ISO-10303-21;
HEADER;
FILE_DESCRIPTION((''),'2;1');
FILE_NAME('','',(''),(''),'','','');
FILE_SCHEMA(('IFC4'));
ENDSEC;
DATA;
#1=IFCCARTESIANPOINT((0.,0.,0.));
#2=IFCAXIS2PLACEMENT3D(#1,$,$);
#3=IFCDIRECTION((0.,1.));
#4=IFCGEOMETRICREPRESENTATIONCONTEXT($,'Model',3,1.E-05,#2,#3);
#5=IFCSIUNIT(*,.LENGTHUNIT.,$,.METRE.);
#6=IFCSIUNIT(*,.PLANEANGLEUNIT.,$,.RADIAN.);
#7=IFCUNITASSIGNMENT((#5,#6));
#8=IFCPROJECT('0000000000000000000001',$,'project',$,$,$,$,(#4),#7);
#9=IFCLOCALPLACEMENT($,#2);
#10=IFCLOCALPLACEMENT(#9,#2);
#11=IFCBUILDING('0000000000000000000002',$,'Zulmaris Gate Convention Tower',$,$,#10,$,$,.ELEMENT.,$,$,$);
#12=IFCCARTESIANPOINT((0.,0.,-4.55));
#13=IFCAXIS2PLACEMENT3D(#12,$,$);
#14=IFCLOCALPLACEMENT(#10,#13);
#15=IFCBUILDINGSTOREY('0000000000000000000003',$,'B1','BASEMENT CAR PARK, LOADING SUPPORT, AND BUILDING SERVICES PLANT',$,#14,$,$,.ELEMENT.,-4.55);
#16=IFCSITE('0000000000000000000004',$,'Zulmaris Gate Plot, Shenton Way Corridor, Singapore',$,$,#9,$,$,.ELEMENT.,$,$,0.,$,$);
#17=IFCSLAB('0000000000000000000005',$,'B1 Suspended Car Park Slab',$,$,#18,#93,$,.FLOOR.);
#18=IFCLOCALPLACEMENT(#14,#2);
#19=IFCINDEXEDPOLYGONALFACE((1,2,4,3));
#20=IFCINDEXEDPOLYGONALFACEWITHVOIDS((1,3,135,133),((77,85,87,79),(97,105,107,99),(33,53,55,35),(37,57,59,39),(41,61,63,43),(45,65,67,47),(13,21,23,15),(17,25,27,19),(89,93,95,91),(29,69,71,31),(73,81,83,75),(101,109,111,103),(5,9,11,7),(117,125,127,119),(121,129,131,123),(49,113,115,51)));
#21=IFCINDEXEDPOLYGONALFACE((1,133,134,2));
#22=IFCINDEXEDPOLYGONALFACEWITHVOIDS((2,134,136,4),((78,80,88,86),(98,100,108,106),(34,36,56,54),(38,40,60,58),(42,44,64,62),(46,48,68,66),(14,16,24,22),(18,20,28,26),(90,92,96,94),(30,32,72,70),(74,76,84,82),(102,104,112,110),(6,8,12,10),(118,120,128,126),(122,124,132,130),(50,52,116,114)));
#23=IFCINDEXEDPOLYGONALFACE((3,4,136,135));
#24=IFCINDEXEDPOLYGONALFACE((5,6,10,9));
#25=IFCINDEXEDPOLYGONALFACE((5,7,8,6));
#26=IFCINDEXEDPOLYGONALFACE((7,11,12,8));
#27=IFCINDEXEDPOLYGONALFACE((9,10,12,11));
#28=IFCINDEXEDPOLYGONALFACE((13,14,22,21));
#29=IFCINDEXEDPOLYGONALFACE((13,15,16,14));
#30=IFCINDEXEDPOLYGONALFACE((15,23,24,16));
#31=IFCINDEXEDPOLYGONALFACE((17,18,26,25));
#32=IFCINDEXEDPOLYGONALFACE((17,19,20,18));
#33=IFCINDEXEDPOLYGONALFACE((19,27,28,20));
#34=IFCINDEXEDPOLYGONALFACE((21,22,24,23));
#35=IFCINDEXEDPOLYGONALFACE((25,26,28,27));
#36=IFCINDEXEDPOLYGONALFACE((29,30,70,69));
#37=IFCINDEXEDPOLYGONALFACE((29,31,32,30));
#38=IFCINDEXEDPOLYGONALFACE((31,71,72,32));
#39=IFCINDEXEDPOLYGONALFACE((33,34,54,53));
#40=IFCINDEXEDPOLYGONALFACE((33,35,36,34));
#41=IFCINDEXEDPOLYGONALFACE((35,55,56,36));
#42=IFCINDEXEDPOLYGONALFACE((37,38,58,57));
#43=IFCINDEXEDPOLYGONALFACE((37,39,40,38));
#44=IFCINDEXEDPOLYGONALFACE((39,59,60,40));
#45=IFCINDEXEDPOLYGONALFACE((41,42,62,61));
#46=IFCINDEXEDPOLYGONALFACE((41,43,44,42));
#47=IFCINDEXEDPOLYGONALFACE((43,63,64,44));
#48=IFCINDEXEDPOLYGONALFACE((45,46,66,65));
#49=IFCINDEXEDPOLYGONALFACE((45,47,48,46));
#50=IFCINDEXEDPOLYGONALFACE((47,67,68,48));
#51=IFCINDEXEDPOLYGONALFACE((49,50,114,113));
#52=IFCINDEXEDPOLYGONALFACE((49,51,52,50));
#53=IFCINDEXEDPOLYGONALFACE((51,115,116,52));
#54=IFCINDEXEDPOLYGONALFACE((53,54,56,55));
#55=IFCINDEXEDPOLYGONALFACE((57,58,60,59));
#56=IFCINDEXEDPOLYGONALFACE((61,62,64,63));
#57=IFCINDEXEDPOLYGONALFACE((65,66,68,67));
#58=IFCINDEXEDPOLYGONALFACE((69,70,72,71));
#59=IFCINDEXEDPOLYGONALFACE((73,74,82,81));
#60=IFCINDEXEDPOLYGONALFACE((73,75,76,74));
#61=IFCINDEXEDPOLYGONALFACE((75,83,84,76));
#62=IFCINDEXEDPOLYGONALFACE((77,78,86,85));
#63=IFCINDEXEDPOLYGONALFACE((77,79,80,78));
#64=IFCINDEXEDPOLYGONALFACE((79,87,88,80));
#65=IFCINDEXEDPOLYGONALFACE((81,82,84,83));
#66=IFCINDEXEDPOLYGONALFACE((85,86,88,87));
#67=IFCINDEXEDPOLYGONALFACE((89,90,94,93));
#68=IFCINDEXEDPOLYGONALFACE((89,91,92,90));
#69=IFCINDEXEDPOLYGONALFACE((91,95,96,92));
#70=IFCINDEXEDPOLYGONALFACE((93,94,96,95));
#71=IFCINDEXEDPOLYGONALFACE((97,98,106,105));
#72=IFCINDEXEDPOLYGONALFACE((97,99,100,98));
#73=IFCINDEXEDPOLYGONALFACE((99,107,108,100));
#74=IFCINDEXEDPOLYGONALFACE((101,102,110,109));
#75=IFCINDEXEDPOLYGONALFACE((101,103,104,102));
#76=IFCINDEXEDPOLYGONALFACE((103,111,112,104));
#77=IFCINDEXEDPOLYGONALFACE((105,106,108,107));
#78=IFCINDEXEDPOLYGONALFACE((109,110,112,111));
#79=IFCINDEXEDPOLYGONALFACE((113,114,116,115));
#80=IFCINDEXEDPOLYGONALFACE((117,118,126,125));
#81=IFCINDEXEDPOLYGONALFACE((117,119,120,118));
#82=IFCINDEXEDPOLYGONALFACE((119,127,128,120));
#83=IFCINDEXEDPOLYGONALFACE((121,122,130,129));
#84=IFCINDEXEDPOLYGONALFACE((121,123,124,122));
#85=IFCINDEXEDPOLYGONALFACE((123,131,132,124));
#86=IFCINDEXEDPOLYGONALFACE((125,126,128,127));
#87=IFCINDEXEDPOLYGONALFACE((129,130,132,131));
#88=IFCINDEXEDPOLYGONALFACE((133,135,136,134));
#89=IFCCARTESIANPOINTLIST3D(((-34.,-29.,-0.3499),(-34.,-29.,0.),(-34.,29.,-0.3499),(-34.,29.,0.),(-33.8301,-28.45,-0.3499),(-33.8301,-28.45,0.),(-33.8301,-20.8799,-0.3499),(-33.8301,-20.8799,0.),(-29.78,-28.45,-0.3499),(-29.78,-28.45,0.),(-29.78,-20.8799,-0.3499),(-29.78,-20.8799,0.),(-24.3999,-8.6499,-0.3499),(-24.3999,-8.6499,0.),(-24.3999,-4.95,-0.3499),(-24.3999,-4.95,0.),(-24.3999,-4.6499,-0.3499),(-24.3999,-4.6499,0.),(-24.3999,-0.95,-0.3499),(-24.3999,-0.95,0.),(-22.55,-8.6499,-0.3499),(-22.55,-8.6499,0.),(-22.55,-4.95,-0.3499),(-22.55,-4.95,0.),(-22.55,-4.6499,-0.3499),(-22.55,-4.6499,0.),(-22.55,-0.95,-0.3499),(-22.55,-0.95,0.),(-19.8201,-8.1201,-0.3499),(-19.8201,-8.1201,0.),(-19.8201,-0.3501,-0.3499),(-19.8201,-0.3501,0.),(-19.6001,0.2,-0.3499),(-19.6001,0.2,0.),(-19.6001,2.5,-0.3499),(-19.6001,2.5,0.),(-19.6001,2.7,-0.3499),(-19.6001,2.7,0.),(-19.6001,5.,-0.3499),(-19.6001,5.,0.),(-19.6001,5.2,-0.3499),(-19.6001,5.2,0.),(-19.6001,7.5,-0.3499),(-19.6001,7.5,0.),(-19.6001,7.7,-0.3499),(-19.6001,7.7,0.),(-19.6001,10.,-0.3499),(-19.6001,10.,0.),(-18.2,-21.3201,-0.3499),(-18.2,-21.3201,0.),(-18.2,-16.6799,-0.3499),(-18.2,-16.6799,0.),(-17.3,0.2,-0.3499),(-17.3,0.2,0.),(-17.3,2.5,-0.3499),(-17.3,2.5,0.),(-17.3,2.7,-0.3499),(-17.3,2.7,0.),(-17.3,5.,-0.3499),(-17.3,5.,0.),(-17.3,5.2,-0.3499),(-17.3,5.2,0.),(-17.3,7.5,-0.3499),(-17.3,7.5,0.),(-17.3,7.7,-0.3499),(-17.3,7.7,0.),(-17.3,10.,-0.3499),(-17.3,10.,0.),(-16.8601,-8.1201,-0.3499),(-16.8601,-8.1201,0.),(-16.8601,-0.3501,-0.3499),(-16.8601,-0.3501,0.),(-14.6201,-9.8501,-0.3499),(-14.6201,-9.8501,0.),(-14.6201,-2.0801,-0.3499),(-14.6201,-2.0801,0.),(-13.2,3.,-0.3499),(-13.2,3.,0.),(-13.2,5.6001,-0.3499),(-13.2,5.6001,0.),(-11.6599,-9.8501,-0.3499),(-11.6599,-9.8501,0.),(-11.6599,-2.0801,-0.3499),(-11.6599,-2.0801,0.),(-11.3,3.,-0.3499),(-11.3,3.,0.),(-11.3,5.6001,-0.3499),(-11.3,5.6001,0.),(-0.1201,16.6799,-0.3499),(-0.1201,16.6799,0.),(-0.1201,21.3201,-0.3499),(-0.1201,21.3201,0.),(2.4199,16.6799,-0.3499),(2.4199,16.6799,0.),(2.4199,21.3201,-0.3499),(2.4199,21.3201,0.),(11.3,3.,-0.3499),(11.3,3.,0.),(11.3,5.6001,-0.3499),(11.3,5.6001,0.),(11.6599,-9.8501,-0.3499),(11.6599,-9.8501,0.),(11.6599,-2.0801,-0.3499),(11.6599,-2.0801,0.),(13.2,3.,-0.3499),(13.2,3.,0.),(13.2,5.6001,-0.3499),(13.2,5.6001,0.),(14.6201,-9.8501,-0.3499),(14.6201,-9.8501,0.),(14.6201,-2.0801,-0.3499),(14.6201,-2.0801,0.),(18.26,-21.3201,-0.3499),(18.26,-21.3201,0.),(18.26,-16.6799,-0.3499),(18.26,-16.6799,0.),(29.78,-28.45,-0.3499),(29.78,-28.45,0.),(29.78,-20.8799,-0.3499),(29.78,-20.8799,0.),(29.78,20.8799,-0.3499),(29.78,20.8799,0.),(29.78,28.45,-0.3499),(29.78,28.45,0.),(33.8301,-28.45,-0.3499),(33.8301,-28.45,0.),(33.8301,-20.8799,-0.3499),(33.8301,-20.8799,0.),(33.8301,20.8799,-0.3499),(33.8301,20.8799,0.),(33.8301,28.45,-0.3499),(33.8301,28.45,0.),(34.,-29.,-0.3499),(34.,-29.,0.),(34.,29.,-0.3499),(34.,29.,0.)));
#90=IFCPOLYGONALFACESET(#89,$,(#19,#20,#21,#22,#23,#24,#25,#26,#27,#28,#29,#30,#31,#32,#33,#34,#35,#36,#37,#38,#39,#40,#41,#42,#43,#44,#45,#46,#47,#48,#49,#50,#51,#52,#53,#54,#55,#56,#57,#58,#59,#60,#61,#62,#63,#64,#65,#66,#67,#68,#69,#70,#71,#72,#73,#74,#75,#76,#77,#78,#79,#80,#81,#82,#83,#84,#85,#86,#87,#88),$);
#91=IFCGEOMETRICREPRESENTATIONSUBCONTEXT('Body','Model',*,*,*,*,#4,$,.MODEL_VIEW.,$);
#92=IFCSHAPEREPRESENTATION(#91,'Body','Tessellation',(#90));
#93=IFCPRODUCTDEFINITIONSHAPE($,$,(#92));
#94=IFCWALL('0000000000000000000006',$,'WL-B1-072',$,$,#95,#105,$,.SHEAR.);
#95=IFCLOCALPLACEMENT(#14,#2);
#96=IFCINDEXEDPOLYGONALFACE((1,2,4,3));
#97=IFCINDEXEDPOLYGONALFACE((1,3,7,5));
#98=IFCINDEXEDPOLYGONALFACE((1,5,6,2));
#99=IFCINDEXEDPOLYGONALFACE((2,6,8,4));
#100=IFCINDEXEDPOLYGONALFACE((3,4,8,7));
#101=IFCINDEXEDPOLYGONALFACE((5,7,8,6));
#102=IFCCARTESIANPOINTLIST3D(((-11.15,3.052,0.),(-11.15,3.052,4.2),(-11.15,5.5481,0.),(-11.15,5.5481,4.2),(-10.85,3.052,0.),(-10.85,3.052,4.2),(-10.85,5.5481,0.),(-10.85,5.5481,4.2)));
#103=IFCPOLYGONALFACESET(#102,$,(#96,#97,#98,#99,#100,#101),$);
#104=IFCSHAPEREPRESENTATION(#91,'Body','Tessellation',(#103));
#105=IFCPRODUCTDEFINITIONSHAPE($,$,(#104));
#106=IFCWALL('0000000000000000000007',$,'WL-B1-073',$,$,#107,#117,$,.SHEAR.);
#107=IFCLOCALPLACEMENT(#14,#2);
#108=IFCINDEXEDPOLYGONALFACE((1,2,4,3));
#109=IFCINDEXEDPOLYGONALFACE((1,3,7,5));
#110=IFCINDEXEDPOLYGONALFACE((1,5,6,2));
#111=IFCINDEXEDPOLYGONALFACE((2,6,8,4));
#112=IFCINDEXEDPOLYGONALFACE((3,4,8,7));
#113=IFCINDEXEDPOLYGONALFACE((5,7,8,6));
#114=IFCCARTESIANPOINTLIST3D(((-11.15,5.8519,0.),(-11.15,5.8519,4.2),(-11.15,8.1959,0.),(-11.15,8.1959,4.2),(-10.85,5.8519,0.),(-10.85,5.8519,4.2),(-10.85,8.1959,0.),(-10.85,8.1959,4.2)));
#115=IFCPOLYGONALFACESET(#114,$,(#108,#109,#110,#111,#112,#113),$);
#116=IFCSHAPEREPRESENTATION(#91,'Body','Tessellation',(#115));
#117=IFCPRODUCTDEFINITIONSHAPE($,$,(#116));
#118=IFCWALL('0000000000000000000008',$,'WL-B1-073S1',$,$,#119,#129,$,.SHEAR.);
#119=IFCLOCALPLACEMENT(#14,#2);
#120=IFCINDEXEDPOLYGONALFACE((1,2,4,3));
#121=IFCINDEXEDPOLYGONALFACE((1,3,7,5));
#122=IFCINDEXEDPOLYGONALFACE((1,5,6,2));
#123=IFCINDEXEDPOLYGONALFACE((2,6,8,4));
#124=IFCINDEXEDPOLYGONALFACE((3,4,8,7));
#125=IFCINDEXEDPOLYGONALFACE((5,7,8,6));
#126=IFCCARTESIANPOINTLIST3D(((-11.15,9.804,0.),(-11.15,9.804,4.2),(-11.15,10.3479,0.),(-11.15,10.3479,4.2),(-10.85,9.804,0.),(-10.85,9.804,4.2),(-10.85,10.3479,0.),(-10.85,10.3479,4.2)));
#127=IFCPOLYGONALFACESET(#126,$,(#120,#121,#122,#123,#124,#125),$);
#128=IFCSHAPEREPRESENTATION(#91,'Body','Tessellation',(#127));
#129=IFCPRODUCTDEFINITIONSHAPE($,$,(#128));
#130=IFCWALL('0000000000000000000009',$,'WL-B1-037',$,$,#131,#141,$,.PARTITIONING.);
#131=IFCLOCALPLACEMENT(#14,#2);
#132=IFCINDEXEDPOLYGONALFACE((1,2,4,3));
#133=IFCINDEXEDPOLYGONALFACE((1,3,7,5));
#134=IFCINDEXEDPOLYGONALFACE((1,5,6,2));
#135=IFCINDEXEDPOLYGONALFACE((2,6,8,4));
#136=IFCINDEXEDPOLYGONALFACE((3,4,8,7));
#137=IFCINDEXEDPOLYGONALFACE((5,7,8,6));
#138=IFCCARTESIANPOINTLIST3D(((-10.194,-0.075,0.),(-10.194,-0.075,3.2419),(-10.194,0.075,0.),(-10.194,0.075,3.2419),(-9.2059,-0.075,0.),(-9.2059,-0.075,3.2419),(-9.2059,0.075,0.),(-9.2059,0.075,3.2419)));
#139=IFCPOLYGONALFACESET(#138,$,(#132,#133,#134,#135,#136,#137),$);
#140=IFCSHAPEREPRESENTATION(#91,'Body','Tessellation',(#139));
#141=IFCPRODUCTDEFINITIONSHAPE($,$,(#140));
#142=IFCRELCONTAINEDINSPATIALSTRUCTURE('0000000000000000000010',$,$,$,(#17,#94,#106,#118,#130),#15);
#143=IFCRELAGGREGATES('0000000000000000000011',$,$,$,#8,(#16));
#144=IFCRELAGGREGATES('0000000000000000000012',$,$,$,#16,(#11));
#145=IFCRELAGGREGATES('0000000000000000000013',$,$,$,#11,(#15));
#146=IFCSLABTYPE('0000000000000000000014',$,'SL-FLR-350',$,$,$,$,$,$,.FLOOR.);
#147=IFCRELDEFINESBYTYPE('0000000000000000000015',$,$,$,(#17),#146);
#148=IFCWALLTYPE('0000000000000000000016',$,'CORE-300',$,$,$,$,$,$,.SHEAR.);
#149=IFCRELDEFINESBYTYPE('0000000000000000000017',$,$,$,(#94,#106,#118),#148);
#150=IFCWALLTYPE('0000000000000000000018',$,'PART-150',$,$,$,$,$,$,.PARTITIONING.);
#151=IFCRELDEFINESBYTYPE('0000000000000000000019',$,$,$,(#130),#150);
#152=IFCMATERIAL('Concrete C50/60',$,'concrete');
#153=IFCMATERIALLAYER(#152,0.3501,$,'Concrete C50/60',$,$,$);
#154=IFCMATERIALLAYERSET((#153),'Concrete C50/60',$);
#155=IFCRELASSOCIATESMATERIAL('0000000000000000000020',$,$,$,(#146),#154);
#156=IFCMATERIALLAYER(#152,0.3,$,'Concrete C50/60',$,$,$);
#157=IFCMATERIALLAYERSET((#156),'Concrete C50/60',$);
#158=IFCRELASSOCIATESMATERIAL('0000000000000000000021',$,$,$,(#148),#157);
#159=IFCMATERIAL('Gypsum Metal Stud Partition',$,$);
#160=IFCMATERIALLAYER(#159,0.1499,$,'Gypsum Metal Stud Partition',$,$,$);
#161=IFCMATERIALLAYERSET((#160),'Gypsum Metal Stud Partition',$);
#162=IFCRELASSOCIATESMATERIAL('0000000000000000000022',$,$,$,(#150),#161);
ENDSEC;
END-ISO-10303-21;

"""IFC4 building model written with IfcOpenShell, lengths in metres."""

from ifc_helpers import new_model, si_unit, direction, frame, frame_2d, origin, place, context, subcontext, project, spatial, polyline, rectangle, outline, extrude, material, layer, layer_set, type_object, element, save


model = new_model("IFC4")

# Units and contexts
model_context = context("Model", 3, precision=1e-05, world=origin(), true_north=direction((0.0, 1.0)))
body_context = subcontext(model_context, "Body", "Model", "MODEL_VIEW")
ifc_project = project(units=[si_unit("LENGTHUNIT", "METRE"), si_unit("PLANEANGLEUNIT", "RADIAN")], contexts=[model_context])

# Site, building, storey
site_placement = place(None, origin())
site = spatial("IfcSite", under=ifc_project, at=site_placement, Name="Zulmaris Gate Plot, Shenton Way Corridor, Singapore", CompositionType="ELEMENT", RefElevation=0.0)
building_placement = place(site_placement, origin())
building = spatial("IfcBuilding", under=site, at=building_placement, Name="Zulmaris Gate Convention Tower", CompositionType="ELEMENT")
storey_placement = place(building_placement, frame((0.0, 0.0, -4.55)))
storey = spatial("IfcBuildingStorey", under=building, at=storey_placement, Name="B1", Description="BASEMENT CAR PARK, LOADING SUPPORT, AND BUILDING SERVICES PLANT", CompositionType="ELEMENT", Elevation=-4.55)

# Slab
ifc_material_1 = material(Name="Concrete C50/60", Category="concrete")
ifc_layer_1 = layer(ifc_material_1, 0.3501, Name="Concrete C50/60")
ifc_layer_set_1 = layer_set([ifc_layer_1], Name="Concrete C50/60")
slab_type = type_object("IfcSlabType", Name="SL-FLR-350", PredefinedType="FLOOR", material=ifc_layer_set_1)
slab_placement = place(storey_placement, frame((0.0, 0.0, -0.3499)))
element("IfcSlab", 1, at=slab_placement, inside=storey, type_object=slab_type, Name="B1 Suspended Car Park Slab", PredefinedType="FLOOR", context=body_context, shape_type="SweptSolid", body=[
    extrude(outline(polyline([(-34.0, -29.0), (34.0, -29.0), (34.0, 29.0), (-34.0, 29.0), (-34.0, -29.0)]), holes=[polyline([(-14.6201, -2.0801), (-14.6201, -9.8501), (-11.6599, -9.8501), (-11.6599, -2.0801), (-14.6201, -2.0801)]), polyline([(11.6599, -2.0801), (11.6599, -9.8501), (14.6201, -9.8501), (14.6201, -2.0801), (11.6599, -2.0801)]), polyline([(-16.8601, -8.1201), (-16.8601, -0.3501), (-19.8201, -0.3501), (-19.8201, -8.1201), (-16.8601, -8.1201)]), polyline([(-33.8301, -20.8799), (-33.8301, -28.45), (-29.78, -28.45), (-29.78, -20.8799), (-33.8301, -20.8799)]), polyline([(33.8301, 20.8799), (33.8301, 28.45), (29.78, 28.45), (29.78, 20.8799), (33.8301, 20.8799)]), polyline([(29.78, -20.8799), (29.78, -28.45), (33.8301, -28.45), (33.8301, -20.8799), (29.78, -20.8799)]), polyline([(-13.2, 3.0), (-11.3, 3.0), (-11.3, 5.6001), (-13.2, 5.6001), (-13.2, 3.0)]), polyline([(11.3, 3.0), (13.2, 3.0), (13.2, 5.6001), (11.3, 5.6001), (11.3, 3.0)]), polyline([(-19.6001, 0.2), (-17.3, 0.2), (-17.3, 2.5), (-19.6001, 2.5), (-19.6001, 0.2)]), polyline([(-19.6001, 2.7), (-17.3, 2.7), (-17.3, 5.0), (-19.6001, 5.0), (-19.6001, 2.7)]), polyline([(-19.6001, 5.2), (-17.3, 5.2), (-17.3, 7.5), (-19.6001, 7.5), (-19.6001, 5.2)]), polyline([(-19.6001, 7.7), (-17.3, 7.7), (-17.3, 10.0), (-19.6001, 10.0), (-19.6001, 7.7)]), polyline([(-24.3999, -8.6499), (-22.55, -8.6499), (-22.55, -4.95), (-24.3999, -4.95), (-24.3999, -8.6499)]), polyline([(-24.3999, -4.6499), (-22.55, -4.6499), (-22.55, -0.95), (-24.3999, -0.95), (-24.3999, -4.6499)]), polyline([(-18.2, -21.3201), (18.26, -21.3201), (18.26, -16.6799), (-18.2, -16.6799), (-18.2, -21.3201)]), polyline([(-0.1201, 16.6799), (2.4199, 16.6799), (2.4199, 21.3201), (-0.1201, 21.3201), (-0.1201, 16.6799)])]), origin(), (0.0, 0.0, 1.0), 0.3499),
])

# Shared definitions
ifc_layer_2 = layer(ifc_material_1, 0.3, Name="Concrete C50/60")
ifc_layer_set_2 = layer_set([ifc_layer_2], Name="Concrete C50/60")
wall_type_1 = type_object("IfcWallType", Name="CORE-300", PredefinedType="SHEAR", material=ifc_layer_set_2)

# Walls
wall_1_placement = place(storey_placement, frame((-11.0, 3.052, 0.0), z_axis=(0.0, 0.0, 1.0), x_axis=(0.0, 1.0, 0.0)))
element("IfcWall", 2, at=wall_1_placement, inside=storey, type_object=wall_type_1, Name="WL-B1-072", PredefinedType="SHEAR", context=body_context, shape_type="SweptSolid", body=[
    extrude(rectangle(XDim=2.4961, YDim=0.3, at=frame_2d((1.248, 0.0))), origin(), (0.0, 0.0, 1.0), 4.2),
])
wall_2_placement = place(storey_placement, frame((-11.0, 5.8521, 0.0), z_axis=(0.0, 0.0, 1.0), x_axis=(0.0, 1.0, 0.0)))
element("IfcWall", 3, at=wall_2_placement, inside=storey, type_object=wall_type_1, Name="WL-B1-073", PredefinedType="SHEAR", context=body_context, shape_type="SweptSolid", body=[
    extrude(rectangle(XDim=2.344, YDim=0.3, at=frame_2d((1.1719, 0.0))), origin(), (0.0, 0.0, 1.0), 4.2),
])
wall_3_placement = place(storey_placement, frame((-11.0, 9.804, 0.0), z_axis=(0.0, 0.0, 1.0), x_axis=(0.0, 1.0, 0.0)))
element("IfcWall", 4, at=wall_3_placement, inside=storey, type_object=wall_type_1, Name="WL-B1-073S1", PredefinedType="SHEAR", context=body_context, shape_type="SweptSolid", body=[
    extrude(rectangle(XDim=0.5439, YDim=0.3, at=frame_2d((0.272, 0.0))), origin(), (0.0, 0.0, 1.0), 4.2),
])
ifc_material_2 = material(Name="Gypsum Metal Stud Partition")
ifc_layer_3 = layer(ifc_material_2, 0.1499, Name="Gypsum Metal Stud Partition")
ifc_layer_set_3 = layer_set([ifc_layer_3], Name="Gypsum Metal Stud Partition")
wall_type_2 = type_object("IfcWallType", Name="PART-150", PredefinedType="PARTITIONING", material=ifc_layer_set_3)
wall_4_placement = place(storey_placement, frame((-10.1941, 0.0, 0.0), z_axis=(0.0, 0.0, 1.0), x_axis=(1.0, 0.0, 0.0)))
element("IfcWall", 5, at=wall_4_placement, inside=storey, type_object=wall_type_2, Name="WL-B1-037", PredefinedType="PARTITIONING", context=body_context, shape_type="SweptSolid", body=[
    extrude(rectangle(XDim=0.988, YDim=0.1499, at=frame_2d((0.4941, 0.0))), origin(), (0.0, 0.0, 1.0), 3.2419),
])

save(model, "model.ifc")
